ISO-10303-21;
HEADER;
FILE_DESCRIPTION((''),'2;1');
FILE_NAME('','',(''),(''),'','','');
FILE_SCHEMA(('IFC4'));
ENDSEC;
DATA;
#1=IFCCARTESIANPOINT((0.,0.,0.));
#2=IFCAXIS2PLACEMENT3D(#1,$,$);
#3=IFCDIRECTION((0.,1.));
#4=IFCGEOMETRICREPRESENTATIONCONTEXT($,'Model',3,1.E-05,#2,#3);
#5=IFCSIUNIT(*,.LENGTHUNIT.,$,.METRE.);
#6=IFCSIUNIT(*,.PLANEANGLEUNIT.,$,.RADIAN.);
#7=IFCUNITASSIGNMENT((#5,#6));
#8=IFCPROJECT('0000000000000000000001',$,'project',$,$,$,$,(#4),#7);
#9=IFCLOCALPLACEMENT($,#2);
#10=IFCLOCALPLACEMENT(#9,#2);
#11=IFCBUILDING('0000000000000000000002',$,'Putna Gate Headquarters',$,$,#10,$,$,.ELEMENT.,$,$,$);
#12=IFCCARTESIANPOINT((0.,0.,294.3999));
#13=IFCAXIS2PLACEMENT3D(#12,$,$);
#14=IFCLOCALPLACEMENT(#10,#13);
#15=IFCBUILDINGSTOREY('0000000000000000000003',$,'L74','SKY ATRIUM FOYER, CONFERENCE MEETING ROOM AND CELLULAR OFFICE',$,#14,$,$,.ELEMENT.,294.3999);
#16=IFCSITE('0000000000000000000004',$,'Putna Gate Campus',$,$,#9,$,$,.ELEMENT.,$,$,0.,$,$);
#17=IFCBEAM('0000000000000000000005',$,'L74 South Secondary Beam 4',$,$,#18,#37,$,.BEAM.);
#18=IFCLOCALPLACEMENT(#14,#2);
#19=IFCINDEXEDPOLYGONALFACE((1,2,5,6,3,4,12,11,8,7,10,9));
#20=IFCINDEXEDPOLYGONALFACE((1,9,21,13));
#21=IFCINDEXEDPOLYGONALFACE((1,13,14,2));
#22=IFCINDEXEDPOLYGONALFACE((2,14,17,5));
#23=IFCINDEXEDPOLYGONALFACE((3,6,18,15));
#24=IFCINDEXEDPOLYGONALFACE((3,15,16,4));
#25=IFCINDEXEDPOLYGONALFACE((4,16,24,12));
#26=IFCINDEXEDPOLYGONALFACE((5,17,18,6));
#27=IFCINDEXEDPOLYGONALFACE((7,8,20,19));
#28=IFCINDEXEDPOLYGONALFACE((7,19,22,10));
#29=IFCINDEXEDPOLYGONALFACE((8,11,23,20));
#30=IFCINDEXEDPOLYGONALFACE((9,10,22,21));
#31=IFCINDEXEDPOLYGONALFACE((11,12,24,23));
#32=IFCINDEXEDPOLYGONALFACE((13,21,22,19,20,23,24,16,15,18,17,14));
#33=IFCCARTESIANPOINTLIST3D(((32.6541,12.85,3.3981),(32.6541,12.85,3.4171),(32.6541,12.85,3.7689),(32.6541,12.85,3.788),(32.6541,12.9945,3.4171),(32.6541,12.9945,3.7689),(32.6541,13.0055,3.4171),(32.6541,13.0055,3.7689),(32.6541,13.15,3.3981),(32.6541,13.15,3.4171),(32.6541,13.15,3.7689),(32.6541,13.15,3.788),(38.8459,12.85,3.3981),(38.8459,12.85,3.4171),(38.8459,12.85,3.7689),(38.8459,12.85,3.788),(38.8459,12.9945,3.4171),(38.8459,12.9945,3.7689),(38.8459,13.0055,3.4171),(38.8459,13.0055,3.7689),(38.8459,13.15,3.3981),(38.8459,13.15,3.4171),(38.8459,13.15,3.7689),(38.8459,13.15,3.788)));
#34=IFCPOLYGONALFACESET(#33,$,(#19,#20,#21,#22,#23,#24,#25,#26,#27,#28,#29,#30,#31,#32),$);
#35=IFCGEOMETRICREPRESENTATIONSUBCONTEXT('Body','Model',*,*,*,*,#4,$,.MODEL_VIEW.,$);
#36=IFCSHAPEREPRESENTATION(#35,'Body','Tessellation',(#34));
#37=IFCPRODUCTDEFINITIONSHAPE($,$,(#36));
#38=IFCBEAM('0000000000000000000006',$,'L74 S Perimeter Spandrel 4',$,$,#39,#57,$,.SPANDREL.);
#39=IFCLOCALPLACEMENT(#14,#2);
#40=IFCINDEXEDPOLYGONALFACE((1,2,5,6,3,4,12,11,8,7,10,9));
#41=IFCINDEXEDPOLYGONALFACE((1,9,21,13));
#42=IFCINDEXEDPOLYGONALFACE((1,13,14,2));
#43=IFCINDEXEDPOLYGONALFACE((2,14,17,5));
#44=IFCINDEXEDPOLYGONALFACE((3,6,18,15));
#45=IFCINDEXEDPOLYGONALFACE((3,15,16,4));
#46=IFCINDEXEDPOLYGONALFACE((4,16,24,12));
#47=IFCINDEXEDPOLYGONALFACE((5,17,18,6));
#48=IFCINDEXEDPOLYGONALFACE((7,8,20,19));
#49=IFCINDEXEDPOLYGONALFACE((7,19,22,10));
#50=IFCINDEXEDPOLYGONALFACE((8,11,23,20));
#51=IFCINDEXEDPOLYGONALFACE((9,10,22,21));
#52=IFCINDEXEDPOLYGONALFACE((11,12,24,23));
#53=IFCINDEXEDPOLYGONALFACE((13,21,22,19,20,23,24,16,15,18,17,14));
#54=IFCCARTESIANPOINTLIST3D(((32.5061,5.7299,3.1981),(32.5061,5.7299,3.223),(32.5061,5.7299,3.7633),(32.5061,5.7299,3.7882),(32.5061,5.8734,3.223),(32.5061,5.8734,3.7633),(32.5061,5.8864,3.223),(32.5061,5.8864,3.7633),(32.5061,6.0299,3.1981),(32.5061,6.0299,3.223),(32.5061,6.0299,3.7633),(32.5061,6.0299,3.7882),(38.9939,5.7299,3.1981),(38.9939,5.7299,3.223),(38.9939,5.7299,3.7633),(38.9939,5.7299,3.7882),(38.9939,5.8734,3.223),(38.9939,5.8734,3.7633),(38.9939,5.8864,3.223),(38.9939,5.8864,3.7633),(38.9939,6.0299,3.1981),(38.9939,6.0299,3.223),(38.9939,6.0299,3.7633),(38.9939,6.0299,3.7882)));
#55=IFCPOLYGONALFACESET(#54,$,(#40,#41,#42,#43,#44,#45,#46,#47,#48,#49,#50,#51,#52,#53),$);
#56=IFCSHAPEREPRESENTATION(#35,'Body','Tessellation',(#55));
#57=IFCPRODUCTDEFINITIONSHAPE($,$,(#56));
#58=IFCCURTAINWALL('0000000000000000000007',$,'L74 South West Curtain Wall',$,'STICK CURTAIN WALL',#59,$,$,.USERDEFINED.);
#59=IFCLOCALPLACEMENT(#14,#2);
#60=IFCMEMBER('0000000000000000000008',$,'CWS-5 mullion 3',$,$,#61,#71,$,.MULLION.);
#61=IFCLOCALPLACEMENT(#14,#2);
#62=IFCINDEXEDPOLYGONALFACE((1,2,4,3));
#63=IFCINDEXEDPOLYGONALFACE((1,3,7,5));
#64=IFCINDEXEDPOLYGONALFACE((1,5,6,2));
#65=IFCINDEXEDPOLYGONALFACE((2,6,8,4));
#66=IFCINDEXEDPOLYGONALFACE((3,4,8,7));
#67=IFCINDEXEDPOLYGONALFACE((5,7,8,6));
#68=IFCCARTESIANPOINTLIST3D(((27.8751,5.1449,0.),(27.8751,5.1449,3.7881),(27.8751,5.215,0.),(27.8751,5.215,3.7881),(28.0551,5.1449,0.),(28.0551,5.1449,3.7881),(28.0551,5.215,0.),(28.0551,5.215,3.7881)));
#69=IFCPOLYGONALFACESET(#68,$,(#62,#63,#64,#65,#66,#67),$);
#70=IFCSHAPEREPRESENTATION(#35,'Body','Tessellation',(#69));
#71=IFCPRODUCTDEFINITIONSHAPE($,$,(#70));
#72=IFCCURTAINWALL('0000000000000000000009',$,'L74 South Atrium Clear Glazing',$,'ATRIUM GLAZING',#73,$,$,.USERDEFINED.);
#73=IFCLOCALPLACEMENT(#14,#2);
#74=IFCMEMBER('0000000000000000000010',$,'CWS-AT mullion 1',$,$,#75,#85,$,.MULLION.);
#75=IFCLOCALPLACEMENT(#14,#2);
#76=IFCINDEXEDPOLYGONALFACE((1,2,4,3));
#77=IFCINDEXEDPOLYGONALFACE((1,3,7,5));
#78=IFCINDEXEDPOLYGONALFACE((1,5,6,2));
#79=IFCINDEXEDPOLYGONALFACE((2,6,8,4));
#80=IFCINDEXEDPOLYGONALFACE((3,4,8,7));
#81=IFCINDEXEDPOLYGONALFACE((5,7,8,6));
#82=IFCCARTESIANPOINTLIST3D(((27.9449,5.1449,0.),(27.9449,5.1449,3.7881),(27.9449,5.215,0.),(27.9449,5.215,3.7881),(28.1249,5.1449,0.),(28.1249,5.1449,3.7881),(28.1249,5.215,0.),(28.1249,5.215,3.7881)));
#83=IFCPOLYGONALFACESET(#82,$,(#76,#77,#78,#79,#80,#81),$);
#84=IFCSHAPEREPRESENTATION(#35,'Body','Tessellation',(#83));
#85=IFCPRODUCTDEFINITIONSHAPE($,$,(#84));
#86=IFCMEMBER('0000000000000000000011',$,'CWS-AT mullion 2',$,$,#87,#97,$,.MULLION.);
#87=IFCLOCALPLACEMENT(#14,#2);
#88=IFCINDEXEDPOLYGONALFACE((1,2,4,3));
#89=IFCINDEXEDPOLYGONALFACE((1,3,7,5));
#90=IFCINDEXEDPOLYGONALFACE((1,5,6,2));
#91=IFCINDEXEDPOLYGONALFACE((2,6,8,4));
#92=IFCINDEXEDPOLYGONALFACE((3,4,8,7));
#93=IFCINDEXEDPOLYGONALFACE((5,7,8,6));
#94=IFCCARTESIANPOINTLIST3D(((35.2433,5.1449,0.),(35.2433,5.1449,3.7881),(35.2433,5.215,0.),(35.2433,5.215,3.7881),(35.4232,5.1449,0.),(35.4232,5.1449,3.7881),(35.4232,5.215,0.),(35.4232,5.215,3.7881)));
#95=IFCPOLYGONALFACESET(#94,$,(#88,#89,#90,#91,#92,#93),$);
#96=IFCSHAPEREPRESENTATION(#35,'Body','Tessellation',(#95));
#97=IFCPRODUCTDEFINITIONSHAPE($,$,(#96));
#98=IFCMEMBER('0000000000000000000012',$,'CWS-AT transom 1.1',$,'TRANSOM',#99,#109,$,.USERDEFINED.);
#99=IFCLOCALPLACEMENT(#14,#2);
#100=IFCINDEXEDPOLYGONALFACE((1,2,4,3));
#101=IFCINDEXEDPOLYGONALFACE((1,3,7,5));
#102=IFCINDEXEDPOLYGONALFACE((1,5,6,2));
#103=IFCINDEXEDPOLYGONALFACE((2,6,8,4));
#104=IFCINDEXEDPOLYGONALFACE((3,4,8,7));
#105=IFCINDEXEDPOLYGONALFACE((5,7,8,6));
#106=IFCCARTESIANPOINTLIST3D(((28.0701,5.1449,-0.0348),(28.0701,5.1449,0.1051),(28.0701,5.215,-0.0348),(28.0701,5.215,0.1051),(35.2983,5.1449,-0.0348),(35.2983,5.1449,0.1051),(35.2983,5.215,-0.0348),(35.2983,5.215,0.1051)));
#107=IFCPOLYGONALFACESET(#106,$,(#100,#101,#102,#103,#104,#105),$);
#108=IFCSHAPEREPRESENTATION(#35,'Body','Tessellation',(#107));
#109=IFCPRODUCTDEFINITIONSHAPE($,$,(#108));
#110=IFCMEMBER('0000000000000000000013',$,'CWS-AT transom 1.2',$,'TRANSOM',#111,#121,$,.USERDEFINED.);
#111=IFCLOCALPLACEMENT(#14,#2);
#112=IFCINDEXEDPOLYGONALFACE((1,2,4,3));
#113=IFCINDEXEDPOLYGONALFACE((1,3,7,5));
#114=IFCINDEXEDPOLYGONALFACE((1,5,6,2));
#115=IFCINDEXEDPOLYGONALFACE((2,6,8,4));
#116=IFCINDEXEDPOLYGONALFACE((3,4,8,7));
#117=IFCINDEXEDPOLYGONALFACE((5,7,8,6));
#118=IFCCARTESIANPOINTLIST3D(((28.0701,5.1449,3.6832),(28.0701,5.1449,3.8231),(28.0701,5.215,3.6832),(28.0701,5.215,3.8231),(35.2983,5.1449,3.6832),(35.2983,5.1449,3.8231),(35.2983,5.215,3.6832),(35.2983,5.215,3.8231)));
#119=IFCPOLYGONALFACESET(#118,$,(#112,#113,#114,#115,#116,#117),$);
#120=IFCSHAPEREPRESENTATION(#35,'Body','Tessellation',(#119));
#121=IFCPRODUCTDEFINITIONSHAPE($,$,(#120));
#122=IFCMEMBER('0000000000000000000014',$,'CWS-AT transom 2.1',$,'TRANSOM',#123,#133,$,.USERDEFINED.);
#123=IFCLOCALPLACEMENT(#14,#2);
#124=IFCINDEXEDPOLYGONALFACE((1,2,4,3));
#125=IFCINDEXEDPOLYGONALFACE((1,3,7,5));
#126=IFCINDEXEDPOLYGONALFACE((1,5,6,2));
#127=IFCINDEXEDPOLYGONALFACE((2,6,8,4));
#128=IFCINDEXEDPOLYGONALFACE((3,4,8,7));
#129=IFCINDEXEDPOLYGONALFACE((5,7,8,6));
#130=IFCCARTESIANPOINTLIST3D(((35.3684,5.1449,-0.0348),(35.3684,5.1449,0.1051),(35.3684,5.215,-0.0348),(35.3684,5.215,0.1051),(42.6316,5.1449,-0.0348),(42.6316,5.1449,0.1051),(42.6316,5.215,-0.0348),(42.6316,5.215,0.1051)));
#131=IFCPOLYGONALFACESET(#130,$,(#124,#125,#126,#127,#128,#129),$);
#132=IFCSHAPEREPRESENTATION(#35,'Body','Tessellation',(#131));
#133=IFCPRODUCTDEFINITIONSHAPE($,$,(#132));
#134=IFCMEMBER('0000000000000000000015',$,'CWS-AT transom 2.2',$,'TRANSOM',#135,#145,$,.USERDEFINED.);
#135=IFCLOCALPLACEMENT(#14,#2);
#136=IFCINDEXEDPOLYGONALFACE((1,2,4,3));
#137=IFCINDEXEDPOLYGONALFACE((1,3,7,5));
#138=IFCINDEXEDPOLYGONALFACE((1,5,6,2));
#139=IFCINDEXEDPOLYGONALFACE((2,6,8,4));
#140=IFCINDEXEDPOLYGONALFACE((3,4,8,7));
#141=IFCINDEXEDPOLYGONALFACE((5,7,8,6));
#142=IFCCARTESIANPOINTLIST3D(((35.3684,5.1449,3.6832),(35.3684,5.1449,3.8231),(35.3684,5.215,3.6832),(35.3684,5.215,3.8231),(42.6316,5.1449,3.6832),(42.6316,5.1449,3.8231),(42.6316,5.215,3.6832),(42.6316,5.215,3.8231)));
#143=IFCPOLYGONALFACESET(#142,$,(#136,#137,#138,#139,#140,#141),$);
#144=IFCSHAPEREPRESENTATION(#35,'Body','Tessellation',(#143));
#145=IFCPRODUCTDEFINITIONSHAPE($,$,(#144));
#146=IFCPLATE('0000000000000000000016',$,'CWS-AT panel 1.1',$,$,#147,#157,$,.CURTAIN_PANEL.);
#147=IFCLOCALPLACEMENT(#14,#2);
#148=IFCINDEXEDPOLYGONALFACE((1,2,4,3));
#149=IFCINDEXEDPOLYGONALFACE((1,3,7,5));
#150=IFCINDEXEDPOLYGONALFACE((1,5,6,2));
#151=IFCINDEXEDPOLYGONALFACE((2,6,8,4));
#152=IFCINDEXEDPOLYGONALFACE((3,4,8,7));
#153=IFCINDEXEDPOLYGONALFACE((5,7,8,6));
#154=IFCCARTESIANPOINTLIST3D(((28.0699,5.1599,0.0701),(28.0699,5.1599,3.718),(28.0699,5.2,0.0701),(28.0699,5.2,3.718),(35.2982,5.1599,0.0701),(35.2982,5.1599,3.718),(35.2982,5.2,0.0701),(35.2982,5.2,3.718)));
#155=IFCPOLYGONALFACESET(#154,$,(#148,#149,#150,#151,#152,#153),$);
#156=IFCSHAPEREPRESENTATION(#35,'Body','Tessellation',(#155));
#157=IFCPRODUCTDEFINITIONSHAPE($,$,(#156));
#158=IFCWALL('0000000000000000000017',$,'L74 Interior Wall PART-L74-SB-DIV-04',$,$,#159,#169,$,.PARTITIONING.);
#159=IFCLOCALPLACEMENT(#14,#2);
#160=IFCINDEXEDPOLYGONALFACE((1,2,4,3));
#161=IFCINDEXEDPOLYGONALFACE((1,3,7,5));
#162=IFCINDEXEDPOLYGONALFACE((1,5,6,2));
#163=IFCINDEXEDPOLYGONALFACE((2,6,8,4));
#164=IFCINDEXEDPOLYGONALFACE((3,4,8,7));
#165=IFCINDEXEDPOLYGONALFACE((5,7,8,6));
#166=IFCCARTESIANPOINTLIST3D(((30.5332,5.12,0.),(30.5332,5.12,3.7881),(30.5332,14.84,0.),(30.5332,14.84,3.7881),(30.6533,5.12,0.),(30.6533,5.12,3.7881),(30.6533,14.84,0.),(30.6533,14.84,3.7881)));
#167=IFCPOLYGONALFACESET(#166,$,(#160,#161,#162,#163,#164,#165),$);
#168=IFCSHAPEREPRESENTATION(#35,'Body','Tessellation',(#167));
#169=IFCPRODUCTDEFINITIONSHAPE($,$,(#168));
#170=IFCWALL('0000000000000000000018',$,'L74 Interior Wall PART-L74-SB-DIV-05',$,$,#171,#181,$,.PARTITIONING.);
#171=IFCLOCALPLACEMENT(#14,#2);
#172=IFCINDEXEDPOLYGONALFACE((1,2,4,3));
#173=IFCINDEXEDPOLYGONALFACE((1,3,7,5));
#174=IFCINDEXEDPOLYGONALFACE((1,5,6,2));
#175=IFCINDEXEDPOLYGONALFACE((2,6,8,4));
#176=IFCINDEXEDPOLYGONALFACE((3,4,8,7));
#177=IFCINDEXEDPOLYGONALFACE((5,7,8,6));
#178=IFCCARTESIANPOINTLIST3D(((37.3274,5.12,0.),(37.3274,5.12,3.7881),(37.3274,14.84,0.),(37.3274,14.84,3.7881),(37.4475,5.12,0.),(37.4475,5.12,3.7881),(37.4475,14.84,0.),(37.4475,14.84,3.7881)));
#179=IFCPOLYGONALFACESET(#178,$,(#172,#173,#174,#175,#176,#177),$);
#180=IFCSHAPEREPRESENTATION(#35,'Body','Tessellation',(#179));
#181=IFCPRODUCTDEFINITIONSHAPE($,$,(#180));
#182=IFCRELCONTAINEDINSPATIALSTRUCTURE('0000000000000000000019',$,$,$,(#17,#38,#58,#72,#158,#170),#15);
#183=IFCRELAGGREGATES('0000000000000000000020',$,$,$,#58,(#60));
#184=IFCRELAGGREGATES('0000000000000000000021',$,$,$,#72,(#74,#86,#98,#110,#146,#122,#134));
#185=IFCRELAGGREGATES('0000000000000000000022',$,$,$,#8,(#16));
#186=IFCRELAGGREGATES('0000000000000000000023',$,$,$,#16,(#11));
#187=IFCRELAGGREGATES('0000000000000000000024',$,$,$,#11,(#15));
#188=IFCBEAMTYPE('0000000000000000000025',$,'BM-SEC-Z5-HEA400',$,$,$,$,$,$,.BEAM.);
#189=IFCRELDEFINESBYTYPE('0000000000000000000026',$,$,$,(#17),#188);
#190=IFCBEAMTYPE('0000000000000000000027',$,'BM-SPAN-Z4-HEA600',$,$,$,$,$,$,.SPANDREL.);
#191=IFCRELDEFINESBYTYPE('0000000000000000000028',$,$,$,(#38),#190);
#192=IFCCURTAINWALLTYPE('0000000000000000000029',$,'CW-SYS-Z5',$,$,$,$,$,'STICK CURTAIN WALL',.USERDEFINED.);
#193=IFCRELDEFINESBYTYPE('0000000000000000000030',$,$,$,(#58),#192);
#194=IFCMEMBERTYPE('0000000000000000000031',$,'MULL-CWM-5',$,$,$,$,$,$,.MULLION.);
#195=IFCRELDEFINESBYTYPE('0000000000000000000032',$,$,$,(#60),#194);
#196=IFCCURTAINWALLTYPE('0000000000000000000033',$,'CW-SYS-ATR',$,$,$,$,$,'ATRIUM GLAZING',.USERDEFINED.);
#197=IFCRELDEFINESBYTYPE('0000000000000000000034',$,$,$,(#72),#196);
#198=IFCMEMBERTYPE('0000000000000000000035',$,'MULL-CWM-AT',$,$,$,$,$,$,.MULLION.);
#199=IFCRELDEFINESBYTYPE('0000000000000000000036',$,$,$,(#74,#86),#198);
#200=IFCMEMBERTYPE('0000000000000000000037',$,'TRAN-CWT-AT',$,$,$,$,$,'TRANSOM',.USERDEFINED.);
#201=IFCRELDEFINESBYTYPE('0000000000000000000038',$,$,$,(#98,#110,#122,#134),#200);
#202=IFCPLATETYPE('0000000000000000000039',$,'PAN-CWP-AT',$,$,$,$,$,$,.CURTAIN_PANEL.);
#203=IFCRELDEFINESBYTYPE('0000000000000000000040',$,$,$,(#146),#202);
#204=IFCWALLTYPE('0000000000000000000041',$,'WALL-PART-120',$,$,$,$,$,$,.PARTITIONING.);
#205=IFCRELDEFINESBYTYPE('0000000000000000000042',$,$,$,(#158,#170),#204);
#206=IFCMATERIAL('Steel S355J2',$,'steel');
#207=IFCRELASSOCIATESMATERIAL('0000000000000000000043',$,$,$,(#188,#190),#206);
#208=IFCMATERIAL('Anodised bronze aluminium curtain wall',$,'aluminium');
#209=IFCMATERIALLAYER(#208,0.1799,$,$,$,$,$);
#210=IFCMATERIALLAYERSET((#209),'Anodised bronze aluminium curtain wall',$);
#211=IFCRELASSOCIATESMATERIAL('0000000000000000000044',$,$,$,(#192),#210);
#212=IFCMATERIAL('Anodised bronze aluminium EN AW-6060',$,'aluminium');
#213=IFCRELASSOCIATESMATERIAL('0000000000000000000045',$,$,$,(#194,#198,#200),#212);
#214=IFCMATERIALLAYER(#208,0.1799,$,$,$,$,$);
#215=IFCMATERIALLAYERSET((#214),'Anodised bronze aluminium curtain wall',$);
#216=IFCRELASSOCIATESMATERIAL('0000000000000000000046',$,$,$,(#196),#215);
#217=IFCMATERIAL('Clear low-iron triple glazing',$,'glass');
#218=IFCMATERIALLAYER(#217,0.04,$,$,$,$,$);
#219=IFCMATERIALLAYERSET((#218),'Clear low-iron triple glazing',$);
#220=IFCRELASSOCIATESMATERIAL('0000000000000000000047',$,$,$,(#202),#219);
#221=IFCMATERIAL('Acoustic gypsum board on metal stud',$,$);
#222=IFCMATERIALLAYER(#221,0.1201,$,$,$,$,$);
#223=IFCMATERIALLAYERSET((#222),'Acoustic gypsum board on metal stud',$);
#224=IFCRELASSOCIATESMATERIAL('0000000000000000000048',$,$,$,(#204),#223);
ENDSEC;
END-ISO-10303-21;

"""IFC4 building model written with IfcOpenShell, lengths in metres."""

from ifc_helpers import new_model, si_unit, direction, frame, frame_2d, origin, origin_2d, place, context, subcontext, project, spatial, rectangle, i_section, extrude, material, layer, layer_set, material_profile, profile_set, type_object, element, aggregate, save


model = new_model("IFC4")

# Units and contexts
model_context = context("Model", 3, precision=1e-05, world=origin(), true_north=direction((0.0, 1.0)))
body_context = subcontext(model_context, "Body", "Model", "MODEL_VIEW")
ifc_project = project(units=[si_unit("LENGTHUNIT", "METRE"), si_unit("PLANEANGLEUNIT", "RADIAN")], contexts=[model_context])

# Site, building, storey
site_placement = place(None, origin())
site = spatial("IfcSite", under=ifc_project, at=site_placement, Name="Putna Gate Campus", CompositionType="ELEMENT", RefElevation=0.0)
building_placement = place(site_placement, origin())
building = spatial("IfcBuilding", under=site, at=building_placement, Name="Putna Gate Headquarters", CompositionType="ELEMENT")
storey_placement = place(building_placement, frame((0.0, 0.0, 294.3999)))
storey = spatial("IfcBuildingStorey", under=building, at=storey_placement, Name="L74", Description="SKY ATRIUM FOYER, CONFERENCE MEETING ROOM AND CELLULAR OFFICE", CompositionType="ELEMENT", Elevation=294.3999)

# Beams
ifc_material_1 = material(Name="Steel S355J2", Category="steel")
ifc_material_profile_1 = material_profile(ifc_material_1, i_section(OverallWidth=0.3, OverallDepth=0.3899, WebThickness=0.011, FlangeThickness=0.019, at=origin_2d()), Name="Steel S355J2")
ifc_profile_set_1 = profile_set([ifc_material_profile_1], Name="Steel S355J2")
beam_type_1 = type_object("IfcBeamType", Name="BM-SEC-Z5-HEA400", PredefinedType="BEAM", material=ifc_profile_set_1)
beam_1_placement = place(storey_placement, frame((32.6541, 13.0, 3.593), z_axis=(1.0, 0.0, 0.0), x_axis=(0.0, 1.0, 0.0)))
element("IfcBeam", 1, at=beam_1_placement, inside=storey, type_object=beam_type_1, Name="L74 South Secondary Beam 4", PredefinedType="BEAM", context=body_context, shape_type="SweptSolid", body=[
    extrude(i_section(OverallWidth=0.3, OverallDepth=0.3899, WebThickness=0.011, FlangeThickness=0.019, at=origin_2d()), origin(), (0.0, 0.0, 1.0), 6.1919),
])
ifc_material_profile_2 = material_profile(ifc_material_1, i_section(OverallWidth=0.3, OverallDepth=0.5901, WebThickness=0.0129, FlangeThickness=0.0249, at=origin_2d()), Name="Steel S355J2")
ifc_profile_set_2 = profile_set([ifc_material_profile_2], Name="Steel S355J2")
beam_type_2 = type_object("IfcBeamType", Name="BM-SPAN-Z4-HEA600", PredefinedType="SPANDREL", material=ifc_profile_set_2)
beam_2_placement = place(storey_placement, frame((32.5061, 5.8799, 3.4932), z_axis=(1.0, 0.0, 0.0), x_axis=(0.0, 1.0, 0.0)))
element("IfcBeam", 2, at=beam_2_placement, inside=storey, type_object=beam_type_2, Name="L74 S Perimeter Spandrel 4", PredefinedType="SPANDREL", context=body_context, shape_type="SweptSolid", body=[
    extrude(i_section(OverallWidth=0.3, OverallDepth=0.5901, WebThickness=0.0129, FlangeThickness=0.0249, at=origin_2d()), origin(), (0.0, 0.0, 1.0), 6.4878),
])

# Curtain wall, member
ifc_material_2 = material(Name="Anodised bronze aluminium curtain wall", Category="aluminium")
ifc_layer_1 = layer(ifc_material_2, 0.1799)
ifc_layer_set_1 = layer_set([ifc_layer_1], Name="Anodised bronze aluminium curtain wall")
curtain_wall_type_1 = type_object("IfcCurtainWallType", Name="CW-SYS-Z5", ElementType="STICK CURTAIN WALL", PredefinedType="USERDEFINED", material=ifc_layer_set_1)
curtain_wall_1_placement = place(storey_placement, origin())
curtain_wall_1 = element("IfcCurtainWall", 3, at=curtain_wall_1_placement, inside=storey, type_object=curtain_wall_type_1, Name="L74 South West Curtain Wall", ObjectType="STICK CURTAIN WALL", PredefinedType="USERDEFINED")
ifc_material_3 = material(Name="Anodised bronze aluminium EN AW-6060", Category="aluminium")
ifc_material_profile_3 = material_profile(ifc_material_3, rectangle(XDim=0.0701, YDim=0.1799, at=origin_2d()), Name="Anodised bronze aluminium EN AW-6060")
ifc_profile_set_3 = profile_set([ifc_material_profile_3], Name="Anodised bronze aluminium EN AW-6060")
member_type_1 = type_object("IfcMemberType", Name="MULL-CWM-5", PredefinedType="MULLION", material=ifc_profile_set_3)
member_1_placement = place(storey_placement, frame((27.9651, 5.1799, 0.0), z_axis=(0.0, 0.0, 1.0), x_axis=(0.0, 1.0, 0.0)))
member_1 = element("IfcMember", 4, at=member_1_placement, type_object=member_type_1, Name="CWS-5 mullion 3", PredefinedType="MULLION", context=body_context, shape_type="SweptSolid", body=[
    extrude(rectangle(XDim=0.0701, YDim=0.1799, at=origin_2d()), origin(), (0.0, 0.0, 1.0), 3.7881),
])
aggregate(curtain_wall_1, [member_1])

# Curtain wall, members, plate
ifc_layer_2 = layer(ifc_material_2, 0.1799)
ifc_layer_set_2 = layer_set([ifc_layer_2], Name="Anodised bronze aluminium curtain wall")
curtain_wall_type_2 = type_object("IfcCurtainWallType", Name="CW-SYS-ATR", ElementType="ATRIUM GLAZING", PredefinedType="USERDEFINED", material=ifc_layer_set_2)
curtain_wall_2_placement = place(storey_placement, origin())
curtain_wall_2 = element("IfcCurtainWall", 5, at=curtain_wall_2_placement, inside=storey, type_object=curtain_wall_type_2, Name="L74 South Atrium Clear Glazing", ObjectType="ATRIUM GLAZING", PredefinedType="USERDEFINED")
ifc_material_profile_4 = material_profile(ifc_material_3, rectangle(XDim=0.0701, YDim=0.1799, at=origin_2d()), Name="Anodised bronze aluminium EN AW-6060")
ifc_profile_set_4 = profile_set([ifc_material_profile_4], Name="Anodised bronze aluminium EN AW-6060")
member_type_2 = type_object("IfcMemberType", Name="MULL-CWM-AT", PredefinedType="MULLION", material=ifc_profile_set_4)
member_2_placement = place(storey_placement, frame((28.0349, 5.1799, 0.0), z_axis=(0.0, 0.0, 1.0), x_axis=(0.0, 1.0, 0.0)))
member_2 = element("IfcMember", 6, at=member_2_placement, type_object=member_type_2, Name="CWS-AT mullion 1", PredefinedType="MULLION", context=body_context, shape_type="SweptSolid", body=[
    extrude(rectangle(XDim=0.0701, YDim=0.1799, at=origin_2d()), origin(), (0.0, 0.0, 1.0), 3.7881),
])
member_3_placement = place(storey_placement, frame((35.3333, 5.1799, 0.0), z_axis=(0.0, 0.0, 1.0), x_axis=(0.0, 1.0, 0.0)))
member_3 = element("IfcMember", 7, at=member_3_placement, type_object=member_type_2, Name="CWS-AT mullion 2", PredefinedType="MULLION", context=body_context, shape_type="SweptSolid", body=[
    extrude(rectangle(XDim=0.0701, YDim=0.1799, at=origin_2d()), origin(), (0.0, 0.0, 1.0), 3.7881),
])
ifc_material_profile_5 = material_profile(ifc_material_3, rectangle(XDim=0.0701, YDim=0.1399, at=origin_2d()), Name="Anodised bronze aluminium EN AW-6060")
ifc_profile_set_5 = profile_set([ifc_material_profile_5], Name="Anodised bronze aluminium EN AW-6060")
member_type_3 = type_object("IfcMemberType", Name="TRAN-CWT-AT", ElementType="TRANSOM", PredefinedType="USERDEFINED", material=ifc_profile_set_5)
member_4_placement = place(storey_placement, frame((28.0701, 5.1799, 0.0352), z_axis=(1.0, 0.0, 0.0), x_axis=(0.0, 1.0, 0.0)))
member_4 = element("IfcMember", 8, at=member_4_placement, type_object=member_type_3, Name="CWS-AT transom 1.1", ObjectType="TRANSOM", PredefinedType="USERDEFINED", context=body_context, shape_type="SweptSolid", body=[
    extrude(rectangle(XDim=0.0701, YDim=0.1399, at=origin_2d()), origin(), (0.0, 0.0, 1.0), 7.2283),
])
member_5_placement = place(storey_placement, frame((28.0701, 5.1799, 3.7532), z_axis=(1.0, 0.0, 0.0), x_axis=(0.0, 1.0, 0.0)))
member_5 = element("IfcMember", 9, at=member_5_placement, type_object=member_type_3, Name="CWS-AT transom 1.2", ObjectType="TRANSOM", PredefinedType="USERDEFINED", context=body_context, shape_type="SweptSolid", body=[
    extrude(rectangle(XDim=0.0701, YDim=0.1399, at=origin_2d()), origin(), (0.0, 0.0, 1.0), 7.2283),
])
member_6_placement = place(storey_placement, frame((35.3684, 5.1799, 0.0352), z_axis=(1.0, 0.0, 0.0), x_axis=(0.0, 1.0, 0.0)))
member_6 = element("IfcMember", 10, at=member_6_placement, type_object=member_type_3, Name="CWS-AT transom 2.1", ObjectType="TRANSOM", PredefinedType="USERDEFINED", context=body_context, shape_type="SweptSolid", body=[
    extrude(rectangle(XDim=0.0701, YDim=0.1399, at=origin_2d()), origin(), (0.0, 0.0, 1.0), 7.2632),
])
member_7_placement = place(storey_placement, frame((35.3684, 5.1799, 3.7532), z_axis=(1.0, 0.0, 0.0), x_axis=(0.0, 1.0, 0.0)))
member_7 = element("IfcMember", 11, at=member_7_placement, type_object=member_type_3, Name="CWS-AT transom 2.2", ObjectType="TRANSOM", PredefinedType="USERDEFINED", context=body_context, shape_type="SweptSolid", body=[
    extrude(rectangle(XDim=0.0701, YDim=0.1399, at=origin_2d()), origin(), (0.0, 0.0, 1.0), 7.2632),
])
ifc_material_4 = material(Name="Clear low-iron triple glazing", Category="glass")
ifc_layer_3 = layer(ifc_material_4, 0.04)
ifc_layer_set_3 = layer_set([ifc_layer_3], Name="Clear low-iron triple glazing")
plate_type = type_object("IfcPlateType", Name="PAN-CWP-AT", PredefinedType="CURTAIN_PANEL", material=ifc_layer_set_3)
plate_placement = place(storey_placement, frame((31.6841, 5.1799, 0.0701), z_axis=(0.0, 0.0, 1.0), x_axis=(1.0, 0.0, 0.0)))
plate = element("IfcPlate", 12, at=plate_placement, type_object=plate_type, Name="CWS-AT panel 1.1", PredefinedType="CURTAIN_PANEL", context=body_context, shape_type="SweptSolid", body=[
    extrude(rectangle(XDim=7.2283, YDim=0.04, at=origin_2d()), origin(), (0.0, 0.0, 1.0), 3.6479),
])
aggregate(curtain_wall_2, [member_2, member_3, member_4, member_5, plate, member_6, member_7])

# Walls
ifc_material_5 = material(Name="Acoustic gypsum board on metal stud")
ifc_layer_4 = layer(ifc_material_5, 0.1201)
ifc_layer_set_4 = layer_set([ifc_layer_4], Name="Acoustic gypsum board on metal stud")
wall_type_1 = type_object("IfcWallType", Name="WALL-PART-120", PredefinedType="PARTITIONING", material=ifc_layer_set_4)
for number, where, z_axis, x_axis, name in (
    (13, (30.5933, 5.1201, 0.0), (0.0, 0.0, 1.0), (0.0, 1.0, 0.0), "L74 Interior Wall PART-L74-SB-DIV-04"),
    (14, (37.3875, 5.1201, 0.0), (0.0, 0.0, 1.0), (0.0, 1.0, 0.0), "L74 Interior Wall PART-L74-SB-DIV-05"),
):
    element("IfcWall", number, at=place(storey_placement, frame(where, z_axis=z_axis, x_axis=x_axis)), inside=storey, type_object=wall_type_1, Name=name, PredefinedType="PARTITIONING", context=body_context, shape_type="SweptSolid", body=[
        extrude(rectangle(XDim=9.72, YDim=0.1201, at=frame_2d((4.8599, 0.0))), origin(), (0.0, 0.0, 1.0), 3.7881),
    ])

save(model, "model.ifc")
